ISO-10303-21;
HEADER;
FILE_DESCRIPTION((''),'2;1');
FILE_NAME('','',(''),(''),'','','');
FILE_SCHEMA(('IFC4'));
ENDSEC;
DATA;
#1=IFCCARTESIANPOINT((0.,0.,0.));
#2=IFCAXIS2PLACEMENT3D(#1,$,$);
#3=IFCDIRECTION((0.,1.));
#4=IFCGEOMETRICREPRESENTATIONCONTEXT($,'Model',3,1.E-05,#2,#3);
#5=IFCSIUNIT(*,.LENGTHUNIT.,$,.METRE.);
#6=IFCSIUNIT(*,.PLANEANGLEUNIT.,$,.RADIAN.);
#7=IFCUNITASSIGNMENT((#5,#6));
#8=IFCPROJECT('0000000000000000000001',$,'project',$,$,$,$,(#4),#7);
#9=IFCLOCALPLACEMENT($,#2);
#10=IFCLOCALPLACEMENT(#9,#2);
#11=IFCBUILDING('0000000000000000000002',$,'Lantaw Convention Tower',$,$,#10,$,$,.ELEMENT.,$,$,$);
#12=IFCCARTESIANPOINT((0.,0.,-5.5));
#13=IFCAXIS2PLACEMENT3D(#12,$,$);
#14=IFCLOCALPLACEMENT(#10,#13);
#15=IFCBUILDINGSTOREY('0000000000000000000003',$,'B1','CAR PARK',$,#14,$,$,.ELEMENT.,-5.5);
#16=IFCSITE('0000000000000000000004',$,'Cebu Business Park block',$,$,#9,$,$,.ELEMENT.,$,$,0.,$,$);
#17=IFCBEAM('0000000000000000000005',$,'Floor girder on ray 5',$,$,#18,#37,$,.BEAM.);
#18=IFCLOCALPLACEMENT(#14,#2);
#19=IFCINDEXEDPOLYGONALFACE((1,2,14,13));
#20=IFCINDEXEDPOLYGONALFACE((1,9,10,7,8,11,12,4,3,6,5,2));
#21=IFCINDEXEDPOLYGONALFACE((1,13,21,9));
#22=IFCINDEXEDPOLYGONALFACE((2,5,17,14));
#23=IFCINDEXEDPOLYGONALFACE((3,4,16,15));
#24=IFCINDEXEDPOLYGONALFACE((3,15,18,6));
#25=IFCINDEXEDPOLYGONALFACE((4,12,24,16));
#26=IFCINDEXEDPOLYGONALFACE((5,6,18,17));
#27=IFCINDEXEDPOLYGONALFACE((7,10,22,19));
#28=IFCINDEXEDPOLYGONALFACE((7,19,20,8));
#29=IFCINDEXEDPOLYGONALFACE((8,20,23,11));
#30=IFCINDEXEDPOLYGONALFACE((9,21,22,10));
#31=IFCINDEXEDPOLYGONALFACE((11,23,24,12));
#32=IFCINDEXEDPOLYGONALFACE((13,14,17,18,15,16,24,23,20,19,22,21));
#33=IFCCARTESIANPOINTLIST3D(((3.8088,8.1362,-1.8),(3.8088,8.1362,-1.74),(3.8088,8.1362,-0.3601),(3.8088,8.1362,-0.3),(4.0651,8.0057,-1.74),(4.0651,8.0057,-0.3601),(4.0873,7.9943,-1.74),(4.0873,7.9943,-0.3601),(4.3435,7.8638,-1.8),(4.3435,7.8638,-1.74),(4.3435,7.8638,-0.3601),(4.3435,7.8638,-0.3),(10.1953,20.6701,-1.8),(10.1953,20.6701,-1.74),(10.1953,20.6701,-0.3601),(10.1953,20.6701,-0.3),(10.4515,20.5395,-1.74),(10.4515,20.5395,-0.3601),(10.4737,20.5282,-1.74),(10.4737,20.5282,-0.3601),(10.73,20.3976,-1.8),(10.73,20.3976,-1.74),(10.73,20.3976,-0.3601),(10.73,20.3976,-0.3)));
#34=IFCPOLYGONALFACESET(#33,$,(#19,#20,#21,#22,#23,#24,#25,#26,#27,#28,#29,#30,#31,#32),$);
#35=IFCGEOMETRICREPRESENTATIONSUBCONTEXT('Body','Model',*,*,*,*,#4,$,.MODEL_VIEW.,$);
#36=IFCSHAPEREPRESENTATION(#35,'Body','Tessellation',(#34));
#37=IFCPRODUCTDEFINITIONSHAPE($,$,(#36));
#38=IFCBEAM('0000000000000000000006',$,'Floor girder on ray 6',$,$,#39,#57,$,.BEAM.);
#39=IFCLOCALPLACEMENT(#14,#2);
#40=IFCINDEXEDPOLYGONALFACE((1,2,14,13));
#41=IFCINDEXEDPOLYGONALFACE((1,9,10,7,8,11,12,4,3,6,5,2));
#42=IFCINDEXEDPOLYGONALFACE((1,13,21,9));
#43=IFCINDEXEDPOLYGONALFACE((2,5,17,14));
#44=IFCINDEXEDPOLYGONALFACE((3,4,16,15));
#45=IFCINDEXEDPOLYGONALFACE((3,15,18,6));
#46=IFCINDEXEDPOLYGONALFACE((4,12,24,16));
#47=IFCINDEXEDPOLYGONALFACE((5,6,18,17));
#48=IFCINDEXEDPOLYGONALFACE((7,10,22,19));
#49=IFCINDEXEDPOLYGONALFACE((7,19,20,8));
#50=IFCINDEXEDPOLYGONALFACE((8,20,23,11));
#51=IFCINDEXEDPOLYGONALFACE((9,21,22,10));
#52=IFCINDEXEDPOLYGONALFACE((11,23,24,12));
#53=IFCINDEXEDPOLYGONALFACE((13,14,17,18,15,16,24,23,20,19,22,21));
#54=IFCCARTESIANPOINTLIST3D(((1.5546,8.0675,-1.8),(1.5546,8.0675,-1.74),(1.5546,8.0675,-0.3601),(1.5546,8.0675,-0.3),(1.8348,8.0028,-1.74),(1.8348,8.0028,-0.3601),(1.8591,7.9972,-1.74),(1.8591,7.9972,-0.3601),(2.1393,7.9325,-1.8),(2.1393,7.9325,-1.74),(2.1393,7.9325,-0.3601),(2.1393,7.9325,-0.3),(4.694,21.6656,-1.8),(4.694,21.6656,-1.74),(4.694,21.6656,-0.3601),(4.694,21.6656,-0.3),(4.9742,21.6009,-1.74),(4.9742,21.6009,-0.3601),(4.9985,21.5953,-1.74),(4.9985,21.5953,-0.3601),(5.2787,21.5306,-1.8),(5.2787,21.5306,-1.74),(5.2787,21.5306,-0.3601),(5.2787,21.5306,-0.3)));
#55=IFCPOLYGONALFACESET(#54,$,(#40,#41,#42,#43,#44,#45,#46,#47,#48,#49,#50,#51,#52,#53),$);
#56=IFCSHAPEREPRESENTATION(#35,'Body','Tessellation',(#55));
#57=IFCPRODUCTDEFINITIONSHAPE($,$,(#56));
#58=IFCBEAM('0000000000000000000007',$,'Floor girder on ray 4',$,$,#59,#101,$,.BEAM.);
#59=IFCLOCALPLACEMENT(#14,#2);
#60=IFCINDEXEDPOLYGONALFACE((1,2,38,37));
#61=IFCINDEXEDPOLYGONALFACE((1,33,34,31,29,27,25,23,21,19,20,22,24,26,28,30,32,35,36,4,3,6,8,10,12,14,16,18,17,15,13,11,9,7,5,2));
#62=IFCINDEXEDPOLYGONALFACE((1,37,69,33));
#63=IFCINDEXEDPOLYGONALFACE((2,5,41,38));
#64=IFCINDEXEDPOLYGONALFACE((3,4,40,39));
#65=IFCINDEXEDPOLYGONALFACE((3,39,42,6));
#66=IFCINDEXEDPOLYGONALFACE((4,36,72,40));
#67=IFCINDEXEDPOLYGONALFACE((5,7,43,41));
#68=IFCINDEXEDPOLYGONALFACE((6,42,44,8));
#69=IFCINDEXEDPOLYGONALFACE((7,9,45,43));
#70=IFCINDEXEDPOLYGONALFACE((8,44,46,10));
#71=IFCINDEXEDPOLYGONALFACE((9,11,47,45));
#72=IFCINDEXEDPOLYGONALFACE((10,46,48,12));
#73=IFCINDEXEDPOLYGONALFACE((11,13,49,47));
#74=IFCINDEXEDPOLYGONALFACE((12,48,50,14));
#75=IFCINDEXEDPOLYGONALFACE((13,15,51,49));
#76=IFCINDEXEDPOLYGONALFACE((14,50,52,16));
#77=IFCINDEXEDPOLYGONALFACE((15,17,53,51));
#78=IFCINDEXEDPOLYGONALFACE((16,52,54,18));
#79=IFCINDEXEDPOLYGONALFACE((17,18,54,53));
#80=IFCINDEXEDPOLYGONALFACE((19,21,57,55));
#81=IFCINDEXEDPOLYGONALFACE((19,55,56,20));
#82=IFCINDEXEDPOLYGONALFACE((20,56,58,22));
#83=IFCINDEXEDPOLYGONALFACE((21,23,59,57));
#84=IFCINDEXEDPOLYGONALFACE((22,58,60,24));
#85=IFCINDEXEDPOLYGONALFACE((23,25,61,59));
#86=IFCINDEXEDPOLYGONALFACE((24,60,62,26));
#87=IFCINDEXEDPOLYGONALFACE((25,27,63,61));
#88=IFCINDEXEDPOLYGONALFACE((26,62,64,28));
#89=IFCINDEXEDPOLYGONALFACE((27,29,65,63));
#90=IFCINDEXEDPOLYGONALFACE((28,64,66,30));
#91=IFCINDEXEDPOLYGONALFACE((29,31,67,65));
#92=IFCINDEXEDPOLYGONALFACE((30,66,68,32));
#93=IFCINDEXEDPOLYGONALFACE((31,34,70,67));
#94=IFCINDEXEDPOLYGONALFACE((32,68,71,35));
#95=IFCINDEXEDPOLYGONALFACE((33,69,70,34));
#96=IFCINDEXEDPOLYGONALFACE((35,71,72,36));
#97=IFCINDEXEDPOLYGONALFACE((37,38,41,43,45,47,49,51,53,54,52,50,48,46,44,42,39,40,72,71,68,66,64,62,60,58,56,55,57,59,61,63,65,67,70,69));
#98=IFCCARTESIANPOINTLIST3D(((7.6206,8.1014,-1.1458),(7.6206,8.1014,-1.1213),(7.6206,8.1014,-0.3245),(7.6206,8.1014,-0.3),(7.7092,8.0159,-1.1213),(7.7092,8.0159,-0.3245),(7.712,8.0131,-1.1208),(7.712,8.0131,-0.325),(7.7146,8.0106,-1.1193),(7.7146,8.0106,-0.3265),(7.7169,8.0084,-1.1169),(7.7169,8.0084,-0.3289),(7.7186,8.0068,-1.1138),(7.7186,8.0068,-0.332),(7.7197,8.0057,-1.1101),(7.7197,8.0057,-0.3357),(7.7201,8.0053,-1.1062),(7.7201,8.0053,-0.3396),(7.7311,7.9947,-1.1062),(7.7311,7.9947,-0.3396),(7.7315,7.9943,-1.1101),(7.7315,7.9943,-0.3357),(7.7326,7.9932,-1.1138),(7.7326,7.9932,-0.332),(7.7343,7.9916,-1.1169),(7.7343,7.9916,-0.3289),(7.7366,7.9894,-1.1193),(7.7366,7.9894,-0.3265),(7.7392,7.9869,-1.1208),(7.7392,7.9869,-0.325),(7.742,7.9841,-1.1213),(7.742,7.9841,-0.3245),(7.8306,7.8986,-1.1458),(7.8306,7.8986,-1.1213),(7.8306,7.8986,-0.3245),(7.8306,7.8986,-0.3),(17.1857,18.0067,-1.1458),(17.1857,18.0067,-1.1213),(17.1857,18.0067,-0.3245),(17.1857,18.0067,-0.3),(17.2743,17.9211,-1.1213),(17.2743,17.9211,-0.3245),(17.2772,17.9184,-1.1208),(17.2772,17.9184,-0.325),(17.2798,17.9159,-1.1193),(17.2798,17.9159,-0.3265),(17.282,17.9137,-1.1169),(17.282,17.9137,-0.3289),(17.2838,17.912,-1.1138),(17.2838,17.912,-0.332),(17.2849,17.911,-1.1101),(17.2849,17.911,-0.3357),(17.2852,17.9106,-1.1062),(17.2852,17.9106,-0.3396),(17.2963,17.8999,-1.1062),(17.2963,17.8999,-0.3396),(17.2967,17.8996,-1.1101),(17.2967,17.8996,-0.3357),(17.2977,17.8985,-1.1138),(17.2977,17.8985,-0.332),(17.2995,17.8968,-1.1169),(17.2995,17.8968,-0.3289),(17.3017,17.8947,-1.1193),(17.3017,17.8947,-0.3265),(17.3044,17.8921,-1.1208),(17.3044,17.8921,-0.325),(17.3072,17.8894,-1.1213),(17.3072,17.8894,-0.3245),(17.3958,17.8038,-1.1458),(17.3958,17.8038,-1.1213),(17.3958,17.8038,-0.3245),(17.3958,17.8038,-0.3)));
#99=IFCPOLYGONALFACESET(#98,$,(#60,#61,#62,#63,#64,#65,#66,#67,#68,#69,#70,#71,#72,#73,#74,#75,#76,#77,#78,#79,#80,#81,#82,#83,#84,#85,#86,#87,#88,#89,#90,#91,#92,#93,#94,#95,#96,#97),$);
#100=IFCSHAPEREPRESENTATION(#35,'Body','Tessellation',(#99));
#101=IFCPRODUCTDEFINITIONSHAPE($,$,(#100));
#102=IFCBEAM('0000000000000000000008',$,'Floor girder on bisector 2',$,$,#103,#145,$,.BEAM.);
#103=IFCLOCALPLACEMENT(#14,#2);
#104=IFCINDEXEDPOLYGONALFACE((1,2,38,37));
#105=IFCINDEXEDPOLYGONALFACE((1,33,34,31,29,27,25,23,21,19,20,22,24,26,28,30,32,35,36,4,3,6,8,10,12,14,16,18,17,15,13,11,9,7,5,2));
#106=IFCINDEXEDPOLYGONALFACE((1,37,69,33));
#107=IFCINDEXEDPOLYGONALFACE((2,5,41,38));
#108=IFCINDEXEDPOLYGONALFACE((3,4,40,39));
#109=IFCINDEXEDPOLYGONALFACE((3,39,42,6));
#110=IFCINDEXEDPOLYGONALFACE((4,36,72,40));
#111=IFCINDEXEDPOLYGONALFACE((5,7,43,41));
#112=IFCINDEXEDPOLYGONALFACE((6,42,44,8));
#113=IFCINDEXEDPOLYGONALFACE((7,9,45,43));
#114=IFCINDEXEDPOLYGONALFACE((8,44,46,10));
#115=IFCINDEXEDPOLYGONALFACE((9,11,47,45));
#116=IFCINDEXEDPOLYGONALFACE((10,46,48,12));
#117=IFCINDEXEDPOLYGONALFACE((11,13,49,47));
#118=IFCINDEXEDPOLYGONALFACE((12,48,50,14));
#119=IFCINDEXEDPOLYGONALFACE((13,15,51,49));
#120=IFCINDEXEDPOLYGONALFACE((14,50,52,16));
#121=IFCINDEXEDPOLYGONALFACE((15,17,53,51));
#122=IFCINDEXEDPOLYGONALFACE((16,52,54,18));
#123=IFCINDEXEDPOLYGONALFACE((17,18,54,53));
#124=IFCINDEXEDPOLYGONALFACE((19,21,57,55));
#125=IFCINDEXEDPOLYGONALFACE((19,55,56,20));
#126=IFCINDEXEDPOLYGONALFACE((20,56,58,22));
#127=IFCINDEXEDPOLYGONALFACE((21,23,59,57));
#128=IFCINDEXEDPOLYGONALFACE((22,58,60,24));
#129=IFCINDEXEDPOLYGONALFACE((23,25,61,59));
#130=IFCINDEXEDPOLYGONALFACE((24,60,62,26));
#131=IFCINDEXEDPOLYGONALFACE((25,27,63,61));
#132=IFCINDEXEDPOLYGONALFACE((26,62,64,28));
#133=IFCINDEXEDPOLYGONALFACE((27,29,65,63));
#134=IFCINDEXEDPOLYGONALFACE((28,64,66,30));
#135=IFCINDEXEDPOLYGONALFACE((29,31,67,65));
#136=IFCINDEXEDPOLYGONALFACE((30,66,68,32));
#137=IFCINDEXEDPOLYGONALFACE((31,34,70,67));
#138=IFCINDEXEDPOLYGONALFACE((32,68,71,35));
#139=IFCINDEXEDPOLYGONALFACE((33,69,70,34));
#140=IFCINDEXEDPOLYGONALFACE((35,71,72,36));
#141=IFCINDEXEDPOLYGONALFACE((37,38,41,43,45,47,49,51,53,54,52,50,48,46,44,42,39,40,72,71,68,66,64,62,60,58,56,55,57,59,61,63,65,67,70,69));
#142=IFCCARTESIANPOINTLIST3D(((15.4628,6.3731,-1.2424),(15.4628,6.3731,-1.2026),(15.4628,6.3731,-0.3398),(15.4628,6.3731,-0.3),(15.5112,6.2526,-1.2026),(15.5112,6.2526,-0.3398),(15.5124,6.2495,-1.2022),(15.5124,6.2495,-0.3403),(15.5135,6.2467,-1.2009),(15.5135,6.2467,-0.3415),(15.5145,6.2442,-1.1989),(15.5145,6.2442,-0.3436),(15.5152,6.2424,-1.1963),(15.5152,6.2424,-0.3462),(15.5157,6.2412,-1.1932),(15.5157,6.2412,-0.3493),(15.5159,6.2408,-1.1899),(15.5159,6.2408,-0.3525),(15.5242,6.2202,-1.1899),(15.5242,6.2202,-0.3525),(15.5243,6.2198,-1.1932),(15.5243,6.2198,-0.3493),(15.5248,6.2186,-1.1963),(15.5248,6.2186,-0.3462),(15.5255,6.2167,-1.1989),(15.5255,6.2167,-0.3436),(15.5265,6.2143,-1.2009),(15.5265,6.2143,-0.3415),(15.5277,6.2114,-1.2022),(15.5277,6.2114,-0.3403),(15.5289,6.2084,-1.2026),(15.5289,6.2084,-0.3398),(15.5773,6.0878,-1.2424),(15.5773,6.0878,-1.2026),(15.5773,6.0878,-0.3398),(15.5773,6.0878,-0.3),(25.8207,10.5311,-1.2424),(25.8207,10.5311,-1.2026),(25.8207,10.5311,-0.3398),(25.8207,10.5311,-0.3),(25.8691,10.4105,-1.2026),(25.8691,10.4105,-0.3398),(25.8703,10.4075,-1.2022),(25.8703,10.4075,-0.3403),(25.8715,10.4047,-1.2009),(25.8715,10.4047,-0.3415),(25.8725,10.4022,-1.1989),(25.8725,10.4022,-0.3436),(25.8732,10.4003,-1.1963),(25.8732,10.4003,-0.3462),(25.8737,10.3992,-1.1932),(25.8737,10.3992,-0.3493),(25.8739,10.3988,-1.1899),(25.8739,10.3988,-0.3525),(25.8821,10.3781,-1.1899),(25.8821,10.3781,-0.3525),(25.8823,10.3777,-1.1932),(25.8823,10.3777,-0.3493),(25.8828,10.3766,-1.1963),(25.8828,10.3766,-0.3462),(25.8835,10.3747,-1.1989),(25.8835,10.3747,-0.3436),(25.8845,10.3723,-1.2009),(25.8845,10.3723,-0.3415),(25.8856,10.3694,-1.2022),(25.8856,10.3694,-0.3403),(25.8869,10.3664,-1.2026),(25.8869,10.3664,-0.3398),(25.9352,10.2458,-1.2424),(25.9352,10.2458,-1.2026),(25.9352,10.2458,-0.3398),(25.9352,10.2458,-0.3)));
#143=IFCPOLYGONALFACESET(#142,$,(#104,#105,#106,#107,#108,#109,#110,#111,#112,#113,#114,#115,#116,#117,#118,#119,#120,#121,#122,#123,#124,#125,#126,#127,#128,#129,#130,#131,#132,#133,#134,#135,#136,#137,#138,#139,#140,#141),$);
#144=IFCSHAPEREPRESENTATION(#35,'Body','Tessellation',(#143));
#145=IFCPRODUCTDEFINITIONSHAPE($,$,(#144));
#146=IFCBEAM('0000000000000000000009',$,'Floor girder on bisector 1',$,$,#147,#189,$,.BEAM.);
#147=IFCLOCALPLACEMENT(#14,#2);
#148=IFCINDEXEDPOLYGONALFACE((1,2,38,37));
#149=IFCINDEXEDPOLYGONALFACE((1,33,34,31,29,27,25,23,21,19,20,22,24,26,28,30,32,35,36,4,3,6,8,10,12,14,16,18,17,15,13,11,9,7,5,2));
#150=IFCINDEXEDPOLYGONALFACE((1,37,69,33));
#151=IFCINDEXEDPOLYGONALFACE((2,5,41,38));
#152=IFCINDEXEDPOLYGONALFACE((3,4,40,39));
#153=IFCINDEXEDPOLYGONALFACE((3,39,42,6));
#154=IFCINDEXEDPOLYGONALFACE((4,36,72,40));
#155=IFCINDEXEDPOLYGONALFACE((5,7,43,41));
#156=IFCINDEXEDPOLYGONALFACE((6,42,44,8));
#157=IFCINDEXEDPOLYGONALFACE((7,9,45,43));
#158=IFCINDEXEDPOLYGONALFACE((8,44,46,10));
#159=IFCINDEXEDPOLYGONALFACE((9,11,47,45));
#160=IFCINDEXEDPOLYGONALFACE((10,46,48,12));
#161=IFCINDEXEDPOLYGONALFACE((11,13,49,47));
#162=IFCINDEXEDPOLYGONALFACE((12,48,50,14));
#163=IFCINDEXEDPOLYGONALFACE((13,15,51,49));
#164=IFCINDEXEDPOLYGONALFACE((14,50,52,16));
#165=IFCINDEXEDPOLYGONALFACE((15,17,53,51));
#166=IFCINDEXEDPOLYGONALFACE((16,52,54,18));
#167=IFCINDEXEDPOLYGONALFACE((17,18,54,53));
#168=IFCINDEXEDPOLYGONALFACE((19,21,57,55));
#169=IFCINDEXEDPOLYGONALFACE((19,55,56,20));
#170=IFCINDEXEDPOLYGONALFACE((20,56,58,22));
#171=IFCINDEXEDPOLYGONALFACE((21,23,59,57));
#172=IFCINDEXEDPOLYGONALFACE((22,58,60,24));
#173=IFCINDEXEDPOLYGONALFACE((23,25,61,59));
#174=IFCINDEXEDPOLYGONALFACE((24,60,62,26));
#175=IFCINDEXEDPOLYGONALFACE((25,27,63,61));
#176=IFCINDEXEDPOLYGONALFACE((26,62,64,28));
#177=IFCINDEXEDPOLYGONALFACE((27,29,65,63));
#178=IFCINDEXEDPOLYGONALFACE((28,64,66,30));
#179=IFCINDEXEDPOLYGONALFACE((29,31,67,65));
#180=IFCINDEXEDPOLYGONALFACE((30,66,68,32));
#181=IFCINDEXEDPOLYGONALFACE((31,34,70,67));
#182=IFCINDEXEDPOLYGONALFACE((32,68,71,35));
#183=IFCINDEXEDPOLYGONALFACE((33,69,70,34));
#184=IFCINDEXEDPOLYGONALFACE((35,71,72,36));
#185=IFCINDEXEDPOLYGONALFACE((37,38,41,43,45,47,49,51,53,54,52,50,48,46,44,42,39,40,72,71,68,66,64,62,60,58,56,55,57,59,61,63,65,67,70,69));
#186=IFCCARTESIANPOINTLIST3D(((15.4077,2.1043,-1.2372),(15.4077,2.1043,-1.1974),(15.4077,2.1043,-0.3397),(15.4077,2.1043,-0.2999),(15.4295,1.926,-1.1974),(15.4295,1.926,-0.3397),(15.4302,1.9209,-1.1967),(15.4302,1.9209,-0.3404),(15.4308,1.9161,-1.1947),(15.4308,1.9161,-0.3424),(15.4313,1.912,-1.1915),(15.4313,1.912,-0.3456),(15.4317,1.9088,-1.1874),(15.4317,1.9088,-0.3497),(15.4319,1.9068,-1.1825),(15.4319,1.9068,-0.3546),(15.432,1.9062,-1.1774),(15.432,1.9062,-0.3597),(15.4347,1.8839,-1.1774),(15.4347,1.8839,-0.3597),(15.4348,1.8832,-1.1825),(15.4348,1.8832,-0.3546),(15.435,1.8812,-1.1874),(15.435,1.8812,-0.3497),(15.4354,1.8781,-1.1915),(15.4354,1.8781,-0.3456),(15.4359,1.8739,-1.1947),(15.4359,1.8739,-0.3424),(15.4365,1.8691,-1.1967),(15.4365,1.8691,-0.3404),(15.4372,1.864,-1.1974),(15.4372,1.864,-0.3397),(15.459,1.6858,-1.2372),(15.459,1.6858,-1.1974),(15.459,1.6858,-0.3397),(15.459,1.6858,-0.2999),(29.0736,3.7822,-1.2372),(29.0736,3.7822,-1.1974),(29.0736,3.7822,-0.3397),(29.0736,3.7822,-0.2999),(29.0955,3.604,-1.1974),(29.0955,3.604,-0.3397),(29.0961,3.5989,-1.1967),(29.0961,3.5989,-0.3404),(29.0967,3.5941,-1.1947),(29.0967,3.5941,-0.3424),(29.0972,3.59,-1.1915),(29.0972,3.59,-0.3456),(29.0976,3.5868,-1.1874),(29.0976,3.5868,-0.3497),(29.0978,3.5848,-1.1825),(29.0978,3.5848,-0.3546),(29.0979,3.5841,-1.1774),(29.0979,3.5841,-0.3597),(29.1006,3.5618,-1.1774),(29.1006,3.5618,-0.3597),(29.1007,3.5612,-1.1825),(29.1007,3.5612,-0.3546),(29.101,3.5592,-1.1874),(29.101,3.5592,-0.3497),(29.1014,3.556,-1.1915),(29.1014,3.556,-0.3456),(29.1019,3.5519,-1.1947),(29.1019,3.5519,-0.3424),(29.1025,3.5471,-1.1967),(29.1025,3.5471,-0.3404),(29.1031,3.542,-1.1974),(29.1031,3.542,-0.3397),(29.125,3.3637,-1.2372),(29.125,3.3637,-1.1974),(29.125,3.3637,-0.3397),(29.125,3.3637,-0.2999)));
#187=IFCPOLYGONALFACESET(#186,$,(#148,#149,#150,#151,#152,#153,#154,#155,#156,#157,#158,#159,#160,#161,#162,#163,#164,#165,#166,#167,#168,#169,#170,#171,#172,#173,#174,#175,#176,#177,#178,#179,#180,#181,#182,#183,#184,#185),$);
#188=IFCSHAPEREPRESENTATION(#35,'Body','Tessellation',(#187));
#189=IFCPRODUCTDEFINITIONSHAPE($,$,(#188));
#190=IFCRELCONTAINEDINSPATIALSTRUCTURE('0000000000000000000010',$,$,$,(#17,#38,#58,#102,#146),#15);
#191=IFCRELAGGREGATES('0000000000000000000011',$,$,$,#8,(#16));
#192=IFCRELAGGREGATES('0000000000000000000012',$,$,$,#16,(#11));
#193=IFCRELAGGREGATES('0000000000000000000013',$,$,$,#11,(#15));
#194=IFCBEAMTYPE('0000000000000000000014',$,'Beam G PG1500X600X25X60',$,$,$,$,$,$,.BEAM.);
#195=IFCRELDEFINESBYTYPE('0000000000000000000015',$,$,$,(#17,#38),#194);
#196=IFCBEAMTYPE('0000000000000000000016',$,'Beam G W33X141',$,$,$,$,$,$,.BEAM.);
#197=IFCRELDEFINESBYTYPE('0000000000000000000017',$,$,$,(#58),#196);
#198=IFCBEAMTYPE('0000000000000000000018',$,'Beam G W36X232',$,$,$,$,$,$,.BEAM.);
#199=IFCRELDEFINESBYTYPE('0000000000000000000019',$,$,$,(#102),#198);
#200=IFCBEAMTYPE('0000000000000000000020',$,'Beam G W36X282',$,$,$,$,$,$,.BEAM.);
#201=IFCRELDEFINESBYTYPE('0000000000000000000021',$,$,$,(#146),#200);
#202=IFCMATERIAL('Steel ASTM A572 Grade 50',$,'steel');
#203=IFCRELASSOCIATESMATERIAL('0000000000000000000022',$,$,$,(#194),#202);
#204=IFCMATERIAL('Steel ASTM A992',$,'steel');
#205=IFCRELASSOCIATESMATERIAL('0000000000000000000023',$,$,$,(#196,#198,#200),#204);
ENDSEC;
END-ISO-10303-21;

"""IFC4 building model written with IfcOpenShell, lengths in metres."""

from ifc_helpers import new_model, si_unit, direction, frame, origin, origin_2d, place, context, subcontext, project, spatial, i_section, extrude, material, material_profile, profile_set, type_object, element, save


model = new_model("IFC4")

# Units and contexts
model_context = context("Model", 3, precision=1e-05, world=origin(), true_north=direction((0.0, 1.0)))
body_context = subcontext(model_context, "Body", "Model", "MODEL_VIEW")
ifc_project = project(units=[si_unit("LENGTHUNIT", "METRE"), si_unit("PLANEANGLEUNIT", "RADIAN")], contexts=[model_context])

# Site, building, storey
site_placement = place(None, origin())
site = spatial("IfcSite", under=ifc_project, at=site_placement, Name="Cebu Business Park block", CompositionType="ELEMENT", RefElevation=0.0)
building_placement = place(site_placement, origin())
building = spatial("IfcBuilding", under=site, at=building_placement, Name="Lantaw Convention Tower", CompositionType="ELEMENT")
storey_placement = place(building_placement, frame((0.0, 0.0, -5.5)))
storey = spatial("IfcBuildingStorey", under=building, at=storey_placement, Name="B1", Description="CAR PARK", CompositionType="ELEMENT", Elevation=-5.5)

# Beams
ifc_material_1 = material(Name="Steel ASTM A572 Grade 50", Category="steel")
ifc_material_profile_1 = material_profile(ifc_material_1, i_section(OverallWidth=0.6001, OverallDepth=1.5, WebThickness=0.0249, FlangeThickness=0.0601, at=origin_2d()), Name="PG1500X600X25X60")
ifc_profile_set_1 = profile_set([ifc_material_profile_1], Name="Steel ASTM A572 Grade 50")
beam_type_1 = type_object("IfcBeamType", Name="Beam G PG1500X600X25X60", PredefinedType="BEAM", material=ifc_profile_set_1)
beam_1_placement = place(storey_placement, frame((4.0762, 8.0, -1.05), z_axis=(0.453997, 0.891003, 0.0), x_axis=(-0.891003, 0.453997, 0.0)))
element("IfcBeam", 1, at=beam_1_placement, inside=storey, type_object=beam_type_1, Name="Floor girder on ray 5", PredefinedType="BEAM", context=body_context, shape_type="SweptSolid", body=[
    extrude(i_section(OverallWidth=0.6001, OverallDepth=1.5, WebThickness=0.0249, FlangeThickness=0.0601, at=origin_2d()), origin(), (0.0, 0.0, 1.0), 14.0671),
])
beam_2_placement = place(storey_placement, frame((1.8469, 8.0, -1.05), z_axis=(0.224953, 0.97437, 0.0), x_axis=(-0.97437, 0.224953, 0.0)))
element("IfcBeam", 2, at=beam_2_placement, inside=storey, type_object=beam_type_1, Name="Floor girder on ray 6", PredefinedType="BEAM", context=body_context, shape_type="SweptSolid", body=[
    extrude(i_section(OverallWidth=0.6001, OverallDepth=1.5, WebThickness=0.0249, FlangeThickness=0.0601, at=origin_2d()), origin(), (0.0, 0.0, 1.0), 13.9558),
])
ifc_material_2 = material(Name="Steel ASTM A992", Category="steel")
ifc_material_profile_2 = material_profile(ifc_material_2, i_section(OverallWidth=0.292, OverallDepth=0.8457, WebThickness=0.0154, FlangeThickness=0.0244, FilletRadius=0.0151, at=origin_2d()), Name="W33X141")
ifc_profile_set_2 = profile_set([ifc_material_profile_2], Name="Steel ASTM A992")
beam_type_2 = type_object("IfcBeamType", Name="Beam G W33X141", PredefinedType="BEAM", material=ifc_profile_set_2)
beam_3_placement = place(storey_placement, frame((7.7256, 8.0, -0.7229), z_axis=(0.69465, 0.719348, 0.0), x_axis=(-0.719348, 0.69465, 0.0)))
element("IfcBeam", 3, at=beam_3_placement, inside=storey, type_object=beam_type_2, Name="Floor girder on ray 4", PredefinedType="BEAM", context=body_context, shape_type="SweptSolid", body=[
    extrude(i_section(OverallWidth=0.292, OverallDepth=0.8457, WebThickness=0.0154, FlangeThickness=0.0244, FilletRadius=0.0151, at=origin_2d()), origin(), (0.0, 0.0, 1.0), 13.7698),
])
ifc_material_profile_3 = material_profile(ifc_material_2, i_section(OverallWidth=0.3074, OverallDepth=0.9424, WebThickness=0.0222, FlangeThickness=0.0398, FilletRadius=0.0127, at=origin_2d()), Name="W36X232")
ifc_profile_set_3 = profile_set([ifc_material_profile_3], Name="Steel ASTM A992")
beam_type_3 = type_object("IfcBeamType", Name="Beam G W36X232", PredefinedType="BEAM", material=ifc_profile_set_3)
beam_4_placement = place(storey_placement, frame((15.52, 6.2305, -0.7712), z_axis=(0.928019, 0.372533, 0.0), x_axis=(-0.372533, 0.928019, 0.0)))
element("IfcBeam", 4, at=beam_4_placement, inside=storey, type_object=beam_type_3, Name="Floor girder on bisector 2", PredefinedType="BEAM", context=body_context, shape_type="SweptSolid", body=[
    extrude(i_section(OverallWidth=0.3074, OverallDepth=0.9424, WebThickness=0.0222, FlangeThickness=0.0398, FilletRadius=0.0127, at=origin_2d()), origin(), (0.0, 0.0, 1.0), 11.1614),
])
ifc_material_profile_4 = material_profile(ifc_material_2, i_section(OverallWidth=0.4216, OverallDepth=0.9373, WebThickness=0.0225, FlangeThickness=0.0398, FilletRadius=0.02, at=origin_2d()), Name="W36X282")
ifc_profile_set_4 = profile_set([ifc_material_profile_4], Name="Steel ASTM A992")
beam_type_4 = type_object("IfcBeamType", Name="Beam G W36X282", PredefinedType="BEAM", material=ifc_profile_set_4)
beam_5_placement = place(storey_placement, frame((15.4333, 1.895, -0.7686), z_axis=(0.992546, 0.12187, 0.0), x_axis=(-0.12187, 0.992546, 0.0)))
element("IfcBeam", 5, at=beam_5_placement, inside=storey, type_object=beam_type_4, Name="Floor girder on bisector 1", PredefinedType="BEAM", context=body_context, shape_type="SweptSolid", body=[
    extrude(i_section(OverallWidth=0.4216, OverallDepth=0.9373, WebThickness=0.0225, FlangeThickness=0.0398, FilletRadius=0.02, at=origin_2d()), origin(), (0.0, 0.0, 1.0), 13.7686),
])

save(model, "model.ifc")
